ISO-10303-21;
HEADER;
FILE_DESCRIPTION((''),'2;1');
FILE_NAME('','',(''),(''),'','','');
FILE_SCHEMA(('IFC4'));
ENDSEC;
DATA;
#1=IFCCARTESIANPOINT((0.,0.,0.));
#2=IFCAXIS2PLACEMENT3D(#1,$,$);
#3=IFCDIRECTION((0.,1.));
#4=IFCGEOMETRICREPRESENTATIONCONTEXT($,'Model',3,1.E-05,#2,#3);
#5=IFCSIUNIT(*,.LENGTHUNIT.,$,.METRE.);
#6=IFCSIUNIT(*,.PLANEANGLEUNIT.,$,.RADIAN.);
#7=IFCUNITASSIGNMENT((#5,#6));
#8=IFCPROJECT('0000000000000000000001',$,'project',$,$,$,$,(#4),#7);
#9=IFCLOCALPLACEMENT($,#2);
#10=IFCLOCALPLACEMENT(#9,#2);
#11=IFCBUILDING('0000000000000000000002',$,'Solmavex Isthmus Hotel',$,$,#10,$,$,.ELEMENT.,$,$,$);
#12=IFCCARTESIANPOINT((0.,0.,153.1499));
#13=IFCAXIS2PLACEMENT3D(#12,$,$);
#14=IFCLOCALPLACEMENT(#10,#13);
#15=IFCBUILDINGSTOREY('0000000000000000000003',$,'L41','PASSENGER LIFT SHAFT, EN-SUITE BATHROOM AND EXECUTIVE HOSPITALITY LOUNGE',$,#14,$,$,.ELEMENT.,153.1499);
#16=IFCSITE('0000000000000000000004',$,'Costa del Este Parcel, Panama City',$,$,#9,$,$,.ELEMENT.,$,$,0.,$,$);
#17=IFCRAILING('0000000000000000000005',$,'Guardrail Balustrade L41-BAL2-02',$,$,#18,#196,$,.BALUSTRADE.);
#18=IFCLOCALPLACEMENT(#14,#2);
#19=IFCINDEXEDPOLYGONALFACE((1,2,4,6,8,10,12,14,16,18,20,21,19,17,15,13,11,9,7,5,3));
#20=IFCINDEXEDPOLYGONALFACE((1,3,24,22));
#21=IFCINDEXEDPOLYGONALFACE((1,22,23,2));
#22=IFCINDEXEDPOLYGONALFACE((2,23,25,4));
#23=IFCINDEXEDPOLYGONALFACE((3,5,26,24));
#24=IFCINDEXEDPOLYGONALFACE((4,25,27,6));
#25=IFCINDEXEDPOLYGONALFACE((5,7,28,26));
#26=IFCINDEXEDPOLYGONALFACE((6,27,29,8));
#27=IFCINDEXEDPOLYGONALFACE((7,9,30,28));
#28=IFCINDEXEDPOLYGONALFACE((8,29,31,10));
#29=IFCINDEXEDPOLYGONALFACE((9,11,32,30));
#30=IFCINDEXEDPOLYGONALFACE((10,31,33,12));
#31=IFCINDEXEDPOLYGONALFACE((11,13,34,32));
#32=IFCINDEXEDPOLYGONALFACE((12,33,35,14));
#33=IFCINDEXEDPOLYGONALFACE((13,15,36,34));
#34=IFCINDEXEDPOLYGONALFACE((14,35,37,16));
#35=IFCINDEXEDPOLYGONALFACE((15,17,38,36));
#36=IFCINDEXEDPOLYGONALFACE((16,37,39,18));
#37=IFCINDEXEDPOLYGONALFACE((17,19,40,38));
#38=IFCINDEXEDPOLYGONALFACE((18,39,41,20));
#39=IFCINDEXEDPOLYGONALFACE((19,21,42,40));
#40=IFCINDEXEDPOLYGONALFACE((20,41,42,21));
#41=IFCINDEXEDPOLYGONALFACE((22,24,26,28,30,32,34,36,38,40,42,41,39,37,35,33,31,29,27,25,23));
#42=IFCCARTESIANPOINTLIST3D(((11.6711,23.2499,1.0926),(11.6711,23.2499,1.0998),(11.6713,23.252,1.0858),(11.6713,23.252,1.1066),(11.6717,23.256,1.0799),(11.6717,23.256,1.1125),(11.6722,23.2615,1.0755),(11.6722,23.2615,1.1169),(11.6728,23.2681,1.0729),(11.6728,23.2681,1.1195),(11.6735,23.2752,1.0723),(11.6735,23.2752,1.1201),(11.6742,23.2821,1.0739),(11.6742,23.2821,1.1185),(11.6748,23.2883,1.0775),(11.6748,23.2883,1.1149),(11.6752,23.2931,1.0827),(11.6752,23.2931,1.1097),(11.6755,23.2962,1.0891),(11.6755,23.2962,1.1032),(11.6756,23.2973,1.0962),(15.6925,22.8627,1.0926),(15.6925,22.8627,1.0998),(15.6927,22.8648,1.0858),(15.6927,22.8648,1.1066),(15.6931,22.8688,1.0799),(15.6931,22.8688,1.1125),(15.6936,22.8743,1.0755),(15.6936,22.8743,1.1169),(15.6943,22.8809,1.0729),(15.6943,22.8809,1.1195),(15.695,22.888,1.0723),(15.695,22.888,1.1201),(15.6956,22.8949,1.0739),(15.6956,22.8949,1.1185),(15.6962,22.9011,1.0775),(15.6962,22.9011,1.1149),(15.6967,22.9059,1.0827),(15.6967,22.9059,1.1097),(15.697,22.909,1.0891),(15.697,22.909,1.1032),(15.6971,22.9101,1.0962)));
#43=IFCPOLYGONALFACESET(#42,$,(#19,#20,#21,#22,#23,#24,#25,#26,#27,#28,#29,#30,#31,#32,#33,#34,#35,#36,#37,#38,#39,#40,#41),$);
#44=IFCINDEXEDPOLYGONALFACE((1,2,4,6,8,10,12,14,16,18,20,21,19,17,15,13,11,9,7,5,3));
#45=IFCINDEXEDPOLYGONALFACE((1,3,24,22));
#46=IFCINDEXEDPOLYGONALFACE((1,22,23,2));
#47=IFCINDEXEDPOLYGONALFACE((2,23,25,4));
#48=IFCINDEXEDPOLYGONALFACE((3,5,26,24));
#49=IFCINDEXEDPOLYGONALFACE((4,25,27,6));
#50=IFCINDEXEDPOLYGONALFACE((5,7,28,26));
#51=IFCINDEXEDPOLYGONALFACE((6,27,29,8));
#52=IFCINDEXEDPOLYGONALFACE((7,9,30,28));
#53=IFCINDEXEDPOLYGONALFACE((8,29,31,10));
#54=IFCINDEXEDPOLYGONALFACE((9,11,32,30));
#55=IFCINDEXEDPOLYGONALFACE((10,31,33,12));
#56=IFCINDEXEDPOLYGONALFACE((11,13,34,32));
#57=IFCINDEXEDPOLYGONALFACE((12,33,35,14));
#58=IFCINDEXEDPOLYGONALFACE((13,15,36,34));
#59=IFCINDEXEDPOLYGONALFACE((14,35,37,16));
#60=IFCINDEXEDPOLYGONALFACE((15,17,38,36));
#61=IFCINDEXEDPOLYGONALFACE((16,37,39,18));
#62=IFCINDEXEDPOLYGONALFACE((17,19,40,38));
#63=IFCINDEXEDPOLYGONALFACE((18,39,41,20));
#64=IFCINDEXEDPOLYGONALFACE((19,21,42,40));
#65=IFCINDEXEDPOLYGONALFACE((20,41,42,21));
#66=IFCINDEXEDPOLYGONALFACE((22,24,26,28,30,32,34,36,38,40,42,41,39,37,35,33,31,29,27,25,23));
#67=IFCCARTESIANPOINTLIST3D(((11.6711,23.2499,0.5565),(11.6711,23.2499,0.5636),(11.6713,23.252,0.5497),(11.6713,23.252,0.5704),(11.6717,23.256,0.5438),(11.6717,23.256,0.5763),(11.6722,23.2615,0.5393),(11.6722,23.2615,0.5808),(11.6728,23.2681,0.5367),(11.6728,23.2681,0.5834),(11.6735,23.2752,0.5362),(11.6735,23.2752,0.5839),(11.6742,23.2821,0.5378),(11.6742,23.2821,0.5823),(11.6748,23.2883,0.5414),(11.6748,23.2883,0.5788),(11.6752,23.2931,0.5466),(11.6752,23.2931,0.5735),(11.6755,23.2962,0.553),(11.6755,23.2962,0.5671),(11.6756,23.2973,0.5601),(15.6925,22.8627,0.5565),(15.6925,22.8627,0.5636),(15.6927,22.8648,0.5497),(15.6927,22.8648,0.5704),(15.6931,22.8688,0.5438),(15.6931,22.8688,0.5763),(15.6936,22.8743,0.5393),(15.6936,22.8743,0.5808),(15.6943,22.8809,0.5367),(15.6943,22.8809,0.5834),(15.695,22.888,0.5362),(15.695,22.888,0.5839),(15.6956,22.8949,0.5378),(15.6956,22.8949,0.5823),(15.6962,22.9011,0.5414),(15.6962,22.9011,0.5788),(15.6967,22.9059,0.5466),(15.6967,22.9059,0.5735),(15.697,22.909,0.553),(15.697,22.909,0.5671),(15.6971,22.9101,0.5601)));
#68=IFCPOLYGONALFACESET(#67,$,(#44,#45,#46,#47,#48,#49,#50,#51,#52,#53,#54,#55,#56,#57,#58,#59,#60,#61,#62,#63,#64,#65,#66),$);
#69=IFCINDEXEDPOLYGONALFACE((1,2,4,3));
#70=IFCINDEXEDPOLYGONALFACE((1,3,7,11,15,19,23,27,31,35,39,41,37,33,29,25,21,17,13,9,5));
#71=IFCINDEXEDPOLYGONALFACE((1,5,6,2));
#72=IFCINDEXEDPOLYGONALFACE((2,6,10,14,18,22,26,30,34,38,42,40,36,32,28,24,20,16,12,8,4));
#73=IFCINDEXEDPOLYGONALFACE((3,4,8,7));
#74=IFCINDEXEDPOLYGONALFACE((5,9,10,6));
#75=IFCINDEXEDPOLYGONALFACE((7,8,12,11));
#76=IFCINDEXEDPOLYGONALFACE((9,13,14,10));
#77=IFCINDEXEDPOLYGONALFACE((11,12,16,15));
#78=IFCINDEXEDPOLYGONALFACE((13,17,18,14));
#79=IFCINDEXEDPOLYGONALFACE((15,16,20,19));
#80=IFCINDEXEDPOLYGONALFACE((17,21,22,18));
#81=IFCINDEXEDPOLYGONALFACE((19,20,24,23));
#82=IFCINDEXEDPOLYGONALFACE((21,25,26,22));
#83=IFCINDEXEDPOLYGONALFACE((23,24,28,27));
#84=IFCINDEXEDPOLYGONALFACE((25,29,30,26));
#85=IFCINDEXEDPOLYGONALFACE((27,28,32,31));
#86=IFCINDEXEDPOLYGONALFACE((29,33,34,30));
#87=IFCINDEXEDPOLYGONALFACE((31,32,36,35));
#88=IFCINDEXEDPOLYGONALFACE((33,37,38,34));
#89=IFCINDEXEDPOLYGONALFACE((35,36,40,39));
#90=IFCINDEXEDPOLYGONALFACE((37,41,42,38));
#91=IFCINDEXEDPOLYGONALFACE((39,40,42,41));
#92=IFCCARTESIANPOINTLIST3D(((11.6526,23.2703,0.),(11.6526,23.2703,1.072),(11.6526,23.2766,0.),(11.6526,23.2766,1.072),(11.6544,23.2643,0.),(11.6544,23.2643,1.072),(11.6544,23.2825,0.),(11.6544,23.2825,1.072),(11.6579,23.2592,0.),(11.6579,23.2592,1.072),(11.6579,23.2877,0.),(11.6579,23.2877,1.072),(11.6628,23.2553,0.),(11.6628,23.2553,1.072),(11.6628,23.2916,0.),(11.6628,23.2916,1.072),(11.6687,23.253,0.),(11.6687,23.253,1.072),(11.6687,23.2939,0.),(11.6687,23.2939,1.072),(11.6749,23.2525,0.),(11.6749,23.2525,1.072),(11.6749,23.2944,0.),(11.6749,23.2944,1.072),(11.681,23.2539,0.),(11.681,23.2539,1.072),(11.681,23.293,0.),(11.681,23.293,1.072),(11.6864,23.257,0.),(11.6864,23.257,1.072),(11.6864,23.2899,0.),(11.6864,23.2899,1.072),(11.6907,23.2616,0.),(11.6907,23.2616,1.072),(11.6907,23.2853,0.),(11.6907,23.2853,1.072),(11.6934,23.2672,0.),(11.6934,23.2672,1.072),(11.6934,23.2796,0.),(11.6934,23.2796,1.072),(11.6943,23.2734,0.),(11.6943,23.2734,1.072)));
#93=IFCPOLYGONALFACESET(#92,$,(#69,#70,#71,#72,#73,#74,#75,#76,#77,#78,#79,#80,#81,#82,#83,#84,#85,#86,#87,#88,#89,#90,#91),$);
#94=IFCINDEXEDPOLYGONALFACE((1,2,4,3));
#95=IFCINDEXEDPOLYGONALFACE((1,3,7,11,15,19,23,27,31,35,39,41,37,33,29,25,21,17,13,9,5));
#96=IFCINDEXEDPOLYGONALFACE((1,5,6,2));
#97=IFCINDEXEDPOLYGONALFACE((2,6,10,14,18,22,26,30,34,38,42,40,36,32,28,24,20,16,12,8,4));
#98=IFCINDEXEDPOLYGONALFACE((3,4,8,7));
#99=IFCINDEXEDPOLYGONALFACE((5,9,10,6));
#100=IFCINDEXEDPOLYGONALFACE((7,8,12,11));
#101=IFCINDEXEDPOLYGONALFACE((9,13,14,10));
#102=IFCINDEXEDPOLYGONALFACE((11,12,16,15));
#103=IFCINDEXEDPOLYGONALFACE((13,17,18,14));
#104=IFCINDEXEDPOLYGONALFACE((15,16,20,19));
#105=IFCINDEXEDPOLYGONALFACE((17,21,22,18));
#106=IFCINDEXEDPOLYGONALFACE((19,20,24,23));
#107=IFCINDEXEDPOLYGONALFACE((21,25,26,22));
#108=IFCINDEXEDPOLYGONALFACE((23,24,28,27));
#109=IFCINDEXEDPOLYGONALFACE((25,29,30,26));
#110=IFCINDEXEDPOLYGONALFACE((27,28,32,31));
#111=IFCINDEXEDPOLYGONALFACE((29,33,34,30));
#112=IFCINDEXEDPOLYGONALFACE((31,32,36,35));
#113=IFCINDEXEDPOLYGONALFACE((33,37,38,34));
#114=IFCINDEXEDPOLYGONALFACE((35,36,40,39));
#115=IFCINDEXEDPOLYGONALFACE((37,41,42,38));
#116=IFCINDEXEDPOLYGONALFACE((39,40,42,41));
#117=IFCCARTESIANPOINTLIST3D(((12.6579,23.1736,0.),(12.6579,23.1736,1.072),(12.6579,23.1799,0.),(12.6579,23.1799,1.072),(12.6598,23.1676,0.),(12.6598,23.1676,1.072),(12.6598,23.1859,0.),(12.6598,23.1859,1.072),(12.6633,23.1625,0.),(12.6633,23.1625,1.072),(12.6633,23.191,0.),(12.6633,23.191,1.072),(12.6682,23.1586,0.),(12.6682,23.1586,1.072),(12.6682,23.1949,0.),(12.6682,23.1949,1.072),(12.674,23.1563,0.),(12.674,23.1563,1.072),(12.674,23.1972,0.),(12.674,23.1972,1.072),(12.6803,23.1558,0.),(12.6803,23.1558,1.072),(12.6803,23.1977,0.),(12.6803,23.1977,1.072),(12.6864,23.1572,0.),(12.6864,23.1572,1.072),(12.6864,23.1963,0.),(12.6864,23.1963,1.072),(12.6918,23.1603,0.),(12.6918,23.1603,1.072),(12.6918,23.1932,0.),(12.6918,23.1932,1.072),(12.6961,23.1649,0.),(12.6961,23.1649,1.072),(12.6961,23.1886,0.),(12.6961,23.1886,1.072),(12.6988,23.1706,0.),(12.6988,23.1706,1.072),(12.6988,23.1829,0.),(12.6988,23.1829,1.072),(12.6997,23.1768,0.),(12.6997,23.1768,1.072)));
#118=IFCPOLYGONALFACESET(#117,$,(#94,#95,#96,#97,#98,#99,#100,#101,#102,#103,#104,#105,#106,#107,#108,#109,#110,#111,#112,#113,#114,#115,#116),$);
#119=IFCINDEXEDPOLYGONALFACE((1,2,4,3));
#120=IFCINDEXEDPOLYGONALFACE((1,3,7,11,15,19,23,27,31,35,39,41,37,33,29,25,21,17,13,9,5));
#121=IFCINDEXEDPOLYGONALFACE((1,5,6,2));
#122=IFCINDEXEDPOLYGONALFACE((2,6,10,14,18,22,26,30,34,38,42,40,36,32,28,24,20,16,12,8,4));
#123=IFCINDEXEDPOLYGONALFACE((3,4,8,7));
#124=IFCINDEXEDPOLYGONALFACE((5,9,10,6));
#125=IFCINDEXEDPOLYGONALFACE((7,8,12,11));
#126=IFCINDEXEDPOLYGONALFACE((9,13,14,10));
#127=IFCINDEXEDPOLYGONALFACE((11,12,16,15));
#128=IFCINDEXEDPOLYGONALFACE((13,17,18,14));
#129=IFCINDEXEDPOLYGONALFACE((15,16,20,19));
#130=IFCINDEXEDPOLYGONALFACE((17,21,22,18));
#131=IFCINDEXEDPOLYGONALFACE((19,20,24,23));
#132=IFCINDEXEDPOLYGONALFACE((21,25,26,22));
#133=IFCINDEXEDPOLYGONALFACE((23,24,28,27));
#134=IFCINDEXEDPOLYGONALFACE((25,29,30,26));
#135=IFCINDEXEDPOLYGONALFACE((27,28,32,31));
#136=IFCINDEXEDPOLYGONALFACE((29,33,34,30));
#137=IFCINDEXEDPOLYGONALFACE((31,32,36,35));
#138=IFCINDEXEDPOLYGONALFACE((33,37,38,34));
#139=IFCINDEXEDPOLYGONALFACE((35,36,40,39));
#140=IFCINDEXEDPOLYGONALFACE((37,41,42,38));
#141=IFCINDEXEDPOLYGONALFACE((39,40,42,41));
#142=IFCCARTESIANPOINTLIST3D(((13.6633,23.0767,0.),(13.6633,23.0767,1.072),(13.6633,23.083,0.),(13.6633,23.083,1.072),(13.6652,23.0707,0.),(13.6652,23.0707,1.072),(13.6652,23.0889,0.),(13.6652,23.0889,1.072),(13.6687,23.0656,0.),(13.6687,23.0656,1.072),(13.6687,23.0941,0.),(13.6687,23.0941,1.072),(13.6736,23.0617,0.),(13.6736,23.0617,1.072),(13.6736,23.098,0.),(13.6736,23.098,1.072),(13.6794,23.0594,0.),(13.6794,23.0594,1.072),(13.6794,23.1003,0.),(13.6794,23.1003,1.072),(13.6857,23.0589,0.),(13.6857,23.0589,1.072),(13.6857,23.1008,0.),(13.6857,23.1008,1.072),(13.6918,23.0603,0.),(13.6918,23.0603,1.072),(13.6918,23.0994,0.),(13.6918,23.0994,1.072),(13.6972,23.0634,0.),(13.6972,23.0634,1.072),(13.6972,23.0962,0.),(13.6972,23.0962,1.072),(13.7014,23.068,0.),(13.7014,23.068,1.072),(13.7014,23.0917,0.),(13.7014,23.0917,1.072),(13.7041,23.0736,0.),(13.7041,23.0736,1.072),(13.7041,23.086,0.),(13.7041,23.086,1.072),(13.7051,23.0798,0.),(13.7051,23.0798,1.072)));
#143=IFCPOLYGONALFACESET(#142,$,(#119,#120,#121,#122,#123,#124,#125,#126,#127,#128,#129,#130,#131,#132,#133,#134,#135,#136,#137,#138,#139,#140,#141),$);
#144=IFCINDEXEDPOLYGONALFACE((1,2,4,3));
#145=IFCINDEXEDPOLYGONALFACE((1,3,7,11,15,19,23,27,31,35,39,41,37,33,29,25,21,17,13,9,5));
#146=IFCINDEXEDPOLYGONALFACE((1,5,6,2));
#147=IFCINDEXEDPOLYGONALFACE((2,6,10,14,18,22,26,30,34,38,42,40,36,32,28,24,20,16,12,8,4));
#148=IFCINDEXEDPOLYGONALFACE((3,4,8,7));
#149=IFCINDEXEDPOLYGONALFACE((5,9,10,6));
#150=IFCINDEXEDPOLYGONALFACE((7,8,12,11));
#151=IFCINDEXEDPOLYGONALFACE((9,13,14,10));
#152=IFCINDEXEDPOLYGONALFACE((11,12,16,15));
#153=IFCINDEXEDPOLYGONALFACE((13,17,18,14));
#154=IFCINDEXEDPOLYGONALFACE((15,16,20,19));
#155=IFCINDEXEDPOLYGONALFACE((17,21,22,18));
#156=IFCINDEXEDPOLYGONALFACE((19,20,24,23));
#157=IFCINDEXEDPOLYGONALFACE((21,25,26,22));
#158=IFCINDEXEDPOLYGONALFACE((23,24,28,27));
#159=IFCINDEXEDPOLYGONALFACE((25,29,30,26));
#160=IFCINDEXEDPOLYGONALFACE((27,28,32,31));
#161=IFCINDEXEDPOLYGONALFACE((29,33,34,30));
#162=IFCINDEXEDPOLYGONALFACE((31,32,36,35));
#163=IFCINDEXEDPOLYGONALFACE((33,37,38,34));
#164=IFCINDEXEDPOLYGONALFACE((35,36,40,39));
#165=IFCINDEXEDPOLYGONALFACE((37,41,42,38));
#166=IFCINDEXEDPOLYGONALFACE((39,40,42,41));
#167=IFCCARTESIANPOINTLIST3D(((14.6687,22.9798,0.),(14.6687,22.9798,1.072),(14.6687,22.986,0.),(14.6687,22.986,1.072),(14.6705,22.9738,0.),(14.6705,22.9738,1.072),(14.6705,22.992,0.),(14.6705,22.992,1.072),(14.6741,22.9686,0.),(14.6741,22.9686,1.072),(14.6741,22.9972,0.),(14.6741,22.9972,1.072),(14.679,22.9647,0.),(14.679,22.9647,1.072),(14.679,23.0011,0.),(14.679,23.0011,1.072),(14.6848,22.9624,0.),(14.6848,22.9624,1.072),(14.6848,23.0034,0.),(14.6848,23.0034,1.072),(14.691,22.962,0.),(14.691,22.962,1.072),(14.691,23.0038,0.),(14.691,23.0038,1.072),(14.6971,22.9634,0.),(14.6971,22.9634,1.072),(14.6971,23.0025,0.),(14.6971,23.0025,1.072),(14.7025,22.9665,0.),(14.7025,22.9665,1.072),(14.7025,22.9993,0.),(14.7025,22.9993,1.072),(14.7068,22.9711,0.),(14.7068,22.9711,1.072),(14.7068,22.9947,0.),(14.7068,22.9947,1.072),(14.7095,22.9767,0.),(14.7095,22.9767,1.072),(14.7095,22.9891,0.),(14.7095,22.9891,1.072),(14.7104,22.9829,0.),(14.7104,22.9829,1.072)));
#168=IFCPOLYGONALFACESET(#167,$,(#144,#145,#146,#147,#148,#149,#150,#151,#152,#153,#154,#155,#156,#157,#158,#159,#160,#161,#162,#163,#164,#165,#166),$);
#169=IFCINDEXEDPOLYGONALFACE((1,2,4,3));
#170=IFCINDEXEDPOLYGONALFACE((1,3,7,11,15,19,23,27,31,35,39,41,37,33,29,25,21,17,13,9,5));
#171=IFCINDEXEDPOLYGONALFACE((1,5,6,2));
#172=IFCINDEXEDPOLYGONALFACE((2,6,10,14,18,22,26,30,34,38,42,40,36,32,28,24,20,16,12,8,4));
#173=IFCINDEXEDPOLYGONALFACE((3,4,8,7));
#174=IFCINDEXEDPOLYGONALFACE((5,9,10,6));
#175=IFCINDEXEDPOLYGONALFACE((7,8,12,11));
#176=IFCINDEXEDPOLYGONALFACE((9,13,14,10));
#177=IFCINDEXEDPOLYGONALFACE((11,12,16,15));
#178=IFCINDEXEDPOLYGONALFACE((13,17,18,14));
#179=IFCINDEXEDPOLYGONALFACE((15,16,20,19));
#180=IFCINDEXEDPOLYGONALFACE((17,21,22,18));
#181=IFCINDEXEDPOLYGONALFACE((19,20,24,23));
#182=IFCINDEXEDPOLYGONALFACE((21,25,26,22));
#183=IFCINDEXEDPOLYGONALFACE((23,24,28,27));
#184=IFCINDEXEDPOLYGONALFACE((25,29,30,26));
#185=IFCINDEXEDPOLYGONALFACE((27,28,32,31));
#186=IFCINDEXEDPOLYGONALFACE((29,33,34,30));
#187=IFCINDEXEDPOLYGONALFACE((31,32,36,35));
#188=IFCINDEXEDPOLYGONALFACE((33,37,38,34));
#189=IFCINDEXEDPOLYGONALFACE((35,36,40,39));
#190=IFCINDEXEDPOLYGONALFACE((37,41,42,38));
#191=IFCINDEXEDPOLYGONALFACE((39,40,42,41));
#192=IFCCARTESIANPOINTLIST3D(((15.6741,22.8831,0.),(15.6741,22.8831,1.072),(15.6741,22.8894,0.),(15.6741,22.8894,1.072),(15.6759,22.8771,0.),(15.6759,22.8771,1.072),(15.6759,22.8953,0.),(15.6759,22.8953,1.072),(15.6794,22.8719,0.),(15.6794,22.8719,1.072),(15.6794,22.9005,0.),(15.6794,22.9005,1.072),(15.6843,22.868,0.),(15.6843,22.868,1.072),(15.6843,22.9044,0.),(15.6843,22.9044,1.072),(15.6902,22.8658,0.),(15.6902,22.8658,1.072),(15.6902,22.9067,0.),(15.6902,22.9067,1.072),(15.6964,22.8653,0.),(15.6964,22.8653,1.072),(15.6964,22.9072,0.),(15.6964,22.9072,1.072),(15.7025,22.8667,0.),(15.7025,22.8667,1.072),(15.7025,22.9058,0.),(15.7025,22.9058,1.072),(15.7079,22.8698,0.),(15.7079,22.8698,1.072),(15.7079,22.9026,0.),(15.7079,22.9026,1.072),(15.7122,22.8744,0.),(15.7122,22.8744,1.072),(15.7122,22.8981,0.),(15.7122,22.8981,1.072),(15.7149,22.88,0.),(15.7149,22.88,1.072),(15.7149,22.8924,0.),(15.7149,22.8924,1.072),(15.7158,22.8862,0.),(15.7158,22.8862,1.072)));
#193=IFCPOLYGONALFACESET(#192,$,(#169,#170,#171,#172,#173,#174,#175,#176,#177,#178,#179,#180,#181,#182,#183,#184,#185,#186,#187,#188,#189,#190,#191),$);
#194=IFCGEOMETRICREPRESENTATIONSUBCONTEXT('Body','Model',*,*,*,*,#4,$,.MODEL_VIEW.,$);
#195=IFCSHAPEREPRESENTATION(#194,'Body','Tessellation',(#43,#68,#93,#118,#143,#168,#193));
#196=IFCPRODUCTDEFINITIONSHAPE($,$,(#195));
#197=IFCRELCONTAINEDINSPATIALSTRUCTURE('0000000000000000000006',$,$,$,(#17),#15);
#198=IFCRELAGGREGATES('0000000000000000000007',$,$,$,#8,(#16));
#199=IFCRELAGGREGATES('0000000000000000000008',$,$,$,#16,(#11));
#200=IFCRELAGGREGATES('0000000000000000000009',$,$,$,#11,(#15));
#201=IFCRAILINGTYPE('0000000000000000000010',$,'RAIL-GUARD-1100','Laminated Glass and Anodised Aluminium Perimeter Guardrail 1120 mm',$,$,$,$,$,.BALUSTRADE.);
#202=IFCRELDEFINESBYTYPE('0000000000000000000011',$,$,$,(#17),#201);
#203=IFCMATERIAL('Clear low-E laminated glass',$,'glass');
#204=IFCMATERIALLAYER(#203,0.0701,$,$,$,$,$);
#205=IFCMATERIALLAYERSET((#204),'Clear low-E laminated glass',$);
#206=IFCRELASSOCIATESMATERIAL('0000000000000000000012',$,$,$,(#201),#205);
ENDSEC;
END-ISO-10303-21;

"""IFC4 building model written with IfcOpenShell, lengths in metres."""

from ifc_helpers import new_model, si_unit, direction, frame, origin, origin_2d, place, context, subcontext, project, spatial, circle, extrude, material, layer, layer_set, type_object, element, save


model = new_model("IFC4")

# Units and contexts
model_context = context("Model", 3, precision=1e-05, world=origin(), true_north=direction((0.0, 1.0)))
body_context = subcontext(model_context, "Body", "Model", "MODEL_VIEW")
ifc_project = project(units=[si_unit("LENGTHUNIT", "METRE"), si_unit("PLANEANGLEUNIT", "RADIAN")], contexts=[model_context])

# Site, building, storey
site_placement = place(None, origin())
site = spatial("IfcSite", under=ifc_project, at=site_placement, Name="Costa del Este Parcel, Panama City", CompositionType="ELEMENT", RefElevation=0.0)
building_placement = place(site_placement, origin())
building = spatial("IfcBuilding", under=site, at=building_placement, Name="Solmavex Isthmus Hotel", CompositionType="ELEMENT")
storey_placement = place(building_placement, frame((0.0, 0.0, 153.1499)))
storey = spatial("IfcBuildingStorey", under=building, at=storey_placement, Name="L41", Description="PASSENGER LIFT SHAFT, EN-SUITE BATHROOM AND EXECUTIVE HOSPITALITY LOUNGE", CompositionType="ELEMENT", Elevation=153.1499)

# Shared definitions
ifc_material_1 = material(Name="Clear low-E laminated glass", Category="glass")

# Railing
ifc_layer_1 = layer(ifc_material_1, 0.0701)
ifc_layer_set_1 = layer_set([ifc_layer_1], Name="Clear low-E laminated glass")
railing_type = type_object("IfcRailingType", Name="RAIL-GUARD-1100", Description="Laminated Glass and Anodised Aluminium Perimeter Guardrail 1120 mm", PredefinedType="BALUSTRADE", material=ifc_layer_set_1)
railing_1_placement = place(storey_placement, frame((11.6733, 23.2734, 0.0)))
element("IfcRailing", 1, at=railing_1_placement, inside=storey, type_object=railing_type, Name="Guardrail Balustrade L41-BAL2-02", PredefinedType="BALUSTRADE", context=body_context, shape_type="SweptSolid", body=[
    extrude(circle(Radius=0.0239, at=origin_2d()), frame((0.0, 0.0, 1.0962), z_axis=(0.995397, -0.095841, 0.0), x_axis=(0.095841, 0.995397, 0.0)), (0.0, 0.0, 1.0), 4.04),
    extrude(circle(Radius=0.0239, at=origin_2d()), frame((0.0, 0.0, 0.5601), z_axis=(0.995397, -0.095841, 0.0), x_axis=(0.095841, 0.995397, 0.0)), (0.0, 0.0, 1.0), 4.04),
    extrude(circle(Radius=0.021, at=origin_2d()), origin(), (0.0, 0.0, 1.0), 1.072),
    extrude(circle(Radius=0.021, at=origin_2d()), frame((1.0054, -0.0967, 0.0)), (0.0, 0.0, 1.0), 1.072),
    extrude(circle(Radius=0.021, at=origin_2d()), frame((2.0107, -0.1936, 0.0)), (0.0, 0.0, 1.0), 1.072),
    extrude(circle(Radius=0.021, at=origin_2d()), frame((3.0161, -0.2905, 0.0)), (0.0, 0.0, 1.0), 1.072),
    extrude(circle(Radius=0.021, at=origin_2d()), frame((4.0215, -0.3872, 0.0)), (0.0, 0.0, 1.0), 1.072),
])

save(model, "model.ifc")
